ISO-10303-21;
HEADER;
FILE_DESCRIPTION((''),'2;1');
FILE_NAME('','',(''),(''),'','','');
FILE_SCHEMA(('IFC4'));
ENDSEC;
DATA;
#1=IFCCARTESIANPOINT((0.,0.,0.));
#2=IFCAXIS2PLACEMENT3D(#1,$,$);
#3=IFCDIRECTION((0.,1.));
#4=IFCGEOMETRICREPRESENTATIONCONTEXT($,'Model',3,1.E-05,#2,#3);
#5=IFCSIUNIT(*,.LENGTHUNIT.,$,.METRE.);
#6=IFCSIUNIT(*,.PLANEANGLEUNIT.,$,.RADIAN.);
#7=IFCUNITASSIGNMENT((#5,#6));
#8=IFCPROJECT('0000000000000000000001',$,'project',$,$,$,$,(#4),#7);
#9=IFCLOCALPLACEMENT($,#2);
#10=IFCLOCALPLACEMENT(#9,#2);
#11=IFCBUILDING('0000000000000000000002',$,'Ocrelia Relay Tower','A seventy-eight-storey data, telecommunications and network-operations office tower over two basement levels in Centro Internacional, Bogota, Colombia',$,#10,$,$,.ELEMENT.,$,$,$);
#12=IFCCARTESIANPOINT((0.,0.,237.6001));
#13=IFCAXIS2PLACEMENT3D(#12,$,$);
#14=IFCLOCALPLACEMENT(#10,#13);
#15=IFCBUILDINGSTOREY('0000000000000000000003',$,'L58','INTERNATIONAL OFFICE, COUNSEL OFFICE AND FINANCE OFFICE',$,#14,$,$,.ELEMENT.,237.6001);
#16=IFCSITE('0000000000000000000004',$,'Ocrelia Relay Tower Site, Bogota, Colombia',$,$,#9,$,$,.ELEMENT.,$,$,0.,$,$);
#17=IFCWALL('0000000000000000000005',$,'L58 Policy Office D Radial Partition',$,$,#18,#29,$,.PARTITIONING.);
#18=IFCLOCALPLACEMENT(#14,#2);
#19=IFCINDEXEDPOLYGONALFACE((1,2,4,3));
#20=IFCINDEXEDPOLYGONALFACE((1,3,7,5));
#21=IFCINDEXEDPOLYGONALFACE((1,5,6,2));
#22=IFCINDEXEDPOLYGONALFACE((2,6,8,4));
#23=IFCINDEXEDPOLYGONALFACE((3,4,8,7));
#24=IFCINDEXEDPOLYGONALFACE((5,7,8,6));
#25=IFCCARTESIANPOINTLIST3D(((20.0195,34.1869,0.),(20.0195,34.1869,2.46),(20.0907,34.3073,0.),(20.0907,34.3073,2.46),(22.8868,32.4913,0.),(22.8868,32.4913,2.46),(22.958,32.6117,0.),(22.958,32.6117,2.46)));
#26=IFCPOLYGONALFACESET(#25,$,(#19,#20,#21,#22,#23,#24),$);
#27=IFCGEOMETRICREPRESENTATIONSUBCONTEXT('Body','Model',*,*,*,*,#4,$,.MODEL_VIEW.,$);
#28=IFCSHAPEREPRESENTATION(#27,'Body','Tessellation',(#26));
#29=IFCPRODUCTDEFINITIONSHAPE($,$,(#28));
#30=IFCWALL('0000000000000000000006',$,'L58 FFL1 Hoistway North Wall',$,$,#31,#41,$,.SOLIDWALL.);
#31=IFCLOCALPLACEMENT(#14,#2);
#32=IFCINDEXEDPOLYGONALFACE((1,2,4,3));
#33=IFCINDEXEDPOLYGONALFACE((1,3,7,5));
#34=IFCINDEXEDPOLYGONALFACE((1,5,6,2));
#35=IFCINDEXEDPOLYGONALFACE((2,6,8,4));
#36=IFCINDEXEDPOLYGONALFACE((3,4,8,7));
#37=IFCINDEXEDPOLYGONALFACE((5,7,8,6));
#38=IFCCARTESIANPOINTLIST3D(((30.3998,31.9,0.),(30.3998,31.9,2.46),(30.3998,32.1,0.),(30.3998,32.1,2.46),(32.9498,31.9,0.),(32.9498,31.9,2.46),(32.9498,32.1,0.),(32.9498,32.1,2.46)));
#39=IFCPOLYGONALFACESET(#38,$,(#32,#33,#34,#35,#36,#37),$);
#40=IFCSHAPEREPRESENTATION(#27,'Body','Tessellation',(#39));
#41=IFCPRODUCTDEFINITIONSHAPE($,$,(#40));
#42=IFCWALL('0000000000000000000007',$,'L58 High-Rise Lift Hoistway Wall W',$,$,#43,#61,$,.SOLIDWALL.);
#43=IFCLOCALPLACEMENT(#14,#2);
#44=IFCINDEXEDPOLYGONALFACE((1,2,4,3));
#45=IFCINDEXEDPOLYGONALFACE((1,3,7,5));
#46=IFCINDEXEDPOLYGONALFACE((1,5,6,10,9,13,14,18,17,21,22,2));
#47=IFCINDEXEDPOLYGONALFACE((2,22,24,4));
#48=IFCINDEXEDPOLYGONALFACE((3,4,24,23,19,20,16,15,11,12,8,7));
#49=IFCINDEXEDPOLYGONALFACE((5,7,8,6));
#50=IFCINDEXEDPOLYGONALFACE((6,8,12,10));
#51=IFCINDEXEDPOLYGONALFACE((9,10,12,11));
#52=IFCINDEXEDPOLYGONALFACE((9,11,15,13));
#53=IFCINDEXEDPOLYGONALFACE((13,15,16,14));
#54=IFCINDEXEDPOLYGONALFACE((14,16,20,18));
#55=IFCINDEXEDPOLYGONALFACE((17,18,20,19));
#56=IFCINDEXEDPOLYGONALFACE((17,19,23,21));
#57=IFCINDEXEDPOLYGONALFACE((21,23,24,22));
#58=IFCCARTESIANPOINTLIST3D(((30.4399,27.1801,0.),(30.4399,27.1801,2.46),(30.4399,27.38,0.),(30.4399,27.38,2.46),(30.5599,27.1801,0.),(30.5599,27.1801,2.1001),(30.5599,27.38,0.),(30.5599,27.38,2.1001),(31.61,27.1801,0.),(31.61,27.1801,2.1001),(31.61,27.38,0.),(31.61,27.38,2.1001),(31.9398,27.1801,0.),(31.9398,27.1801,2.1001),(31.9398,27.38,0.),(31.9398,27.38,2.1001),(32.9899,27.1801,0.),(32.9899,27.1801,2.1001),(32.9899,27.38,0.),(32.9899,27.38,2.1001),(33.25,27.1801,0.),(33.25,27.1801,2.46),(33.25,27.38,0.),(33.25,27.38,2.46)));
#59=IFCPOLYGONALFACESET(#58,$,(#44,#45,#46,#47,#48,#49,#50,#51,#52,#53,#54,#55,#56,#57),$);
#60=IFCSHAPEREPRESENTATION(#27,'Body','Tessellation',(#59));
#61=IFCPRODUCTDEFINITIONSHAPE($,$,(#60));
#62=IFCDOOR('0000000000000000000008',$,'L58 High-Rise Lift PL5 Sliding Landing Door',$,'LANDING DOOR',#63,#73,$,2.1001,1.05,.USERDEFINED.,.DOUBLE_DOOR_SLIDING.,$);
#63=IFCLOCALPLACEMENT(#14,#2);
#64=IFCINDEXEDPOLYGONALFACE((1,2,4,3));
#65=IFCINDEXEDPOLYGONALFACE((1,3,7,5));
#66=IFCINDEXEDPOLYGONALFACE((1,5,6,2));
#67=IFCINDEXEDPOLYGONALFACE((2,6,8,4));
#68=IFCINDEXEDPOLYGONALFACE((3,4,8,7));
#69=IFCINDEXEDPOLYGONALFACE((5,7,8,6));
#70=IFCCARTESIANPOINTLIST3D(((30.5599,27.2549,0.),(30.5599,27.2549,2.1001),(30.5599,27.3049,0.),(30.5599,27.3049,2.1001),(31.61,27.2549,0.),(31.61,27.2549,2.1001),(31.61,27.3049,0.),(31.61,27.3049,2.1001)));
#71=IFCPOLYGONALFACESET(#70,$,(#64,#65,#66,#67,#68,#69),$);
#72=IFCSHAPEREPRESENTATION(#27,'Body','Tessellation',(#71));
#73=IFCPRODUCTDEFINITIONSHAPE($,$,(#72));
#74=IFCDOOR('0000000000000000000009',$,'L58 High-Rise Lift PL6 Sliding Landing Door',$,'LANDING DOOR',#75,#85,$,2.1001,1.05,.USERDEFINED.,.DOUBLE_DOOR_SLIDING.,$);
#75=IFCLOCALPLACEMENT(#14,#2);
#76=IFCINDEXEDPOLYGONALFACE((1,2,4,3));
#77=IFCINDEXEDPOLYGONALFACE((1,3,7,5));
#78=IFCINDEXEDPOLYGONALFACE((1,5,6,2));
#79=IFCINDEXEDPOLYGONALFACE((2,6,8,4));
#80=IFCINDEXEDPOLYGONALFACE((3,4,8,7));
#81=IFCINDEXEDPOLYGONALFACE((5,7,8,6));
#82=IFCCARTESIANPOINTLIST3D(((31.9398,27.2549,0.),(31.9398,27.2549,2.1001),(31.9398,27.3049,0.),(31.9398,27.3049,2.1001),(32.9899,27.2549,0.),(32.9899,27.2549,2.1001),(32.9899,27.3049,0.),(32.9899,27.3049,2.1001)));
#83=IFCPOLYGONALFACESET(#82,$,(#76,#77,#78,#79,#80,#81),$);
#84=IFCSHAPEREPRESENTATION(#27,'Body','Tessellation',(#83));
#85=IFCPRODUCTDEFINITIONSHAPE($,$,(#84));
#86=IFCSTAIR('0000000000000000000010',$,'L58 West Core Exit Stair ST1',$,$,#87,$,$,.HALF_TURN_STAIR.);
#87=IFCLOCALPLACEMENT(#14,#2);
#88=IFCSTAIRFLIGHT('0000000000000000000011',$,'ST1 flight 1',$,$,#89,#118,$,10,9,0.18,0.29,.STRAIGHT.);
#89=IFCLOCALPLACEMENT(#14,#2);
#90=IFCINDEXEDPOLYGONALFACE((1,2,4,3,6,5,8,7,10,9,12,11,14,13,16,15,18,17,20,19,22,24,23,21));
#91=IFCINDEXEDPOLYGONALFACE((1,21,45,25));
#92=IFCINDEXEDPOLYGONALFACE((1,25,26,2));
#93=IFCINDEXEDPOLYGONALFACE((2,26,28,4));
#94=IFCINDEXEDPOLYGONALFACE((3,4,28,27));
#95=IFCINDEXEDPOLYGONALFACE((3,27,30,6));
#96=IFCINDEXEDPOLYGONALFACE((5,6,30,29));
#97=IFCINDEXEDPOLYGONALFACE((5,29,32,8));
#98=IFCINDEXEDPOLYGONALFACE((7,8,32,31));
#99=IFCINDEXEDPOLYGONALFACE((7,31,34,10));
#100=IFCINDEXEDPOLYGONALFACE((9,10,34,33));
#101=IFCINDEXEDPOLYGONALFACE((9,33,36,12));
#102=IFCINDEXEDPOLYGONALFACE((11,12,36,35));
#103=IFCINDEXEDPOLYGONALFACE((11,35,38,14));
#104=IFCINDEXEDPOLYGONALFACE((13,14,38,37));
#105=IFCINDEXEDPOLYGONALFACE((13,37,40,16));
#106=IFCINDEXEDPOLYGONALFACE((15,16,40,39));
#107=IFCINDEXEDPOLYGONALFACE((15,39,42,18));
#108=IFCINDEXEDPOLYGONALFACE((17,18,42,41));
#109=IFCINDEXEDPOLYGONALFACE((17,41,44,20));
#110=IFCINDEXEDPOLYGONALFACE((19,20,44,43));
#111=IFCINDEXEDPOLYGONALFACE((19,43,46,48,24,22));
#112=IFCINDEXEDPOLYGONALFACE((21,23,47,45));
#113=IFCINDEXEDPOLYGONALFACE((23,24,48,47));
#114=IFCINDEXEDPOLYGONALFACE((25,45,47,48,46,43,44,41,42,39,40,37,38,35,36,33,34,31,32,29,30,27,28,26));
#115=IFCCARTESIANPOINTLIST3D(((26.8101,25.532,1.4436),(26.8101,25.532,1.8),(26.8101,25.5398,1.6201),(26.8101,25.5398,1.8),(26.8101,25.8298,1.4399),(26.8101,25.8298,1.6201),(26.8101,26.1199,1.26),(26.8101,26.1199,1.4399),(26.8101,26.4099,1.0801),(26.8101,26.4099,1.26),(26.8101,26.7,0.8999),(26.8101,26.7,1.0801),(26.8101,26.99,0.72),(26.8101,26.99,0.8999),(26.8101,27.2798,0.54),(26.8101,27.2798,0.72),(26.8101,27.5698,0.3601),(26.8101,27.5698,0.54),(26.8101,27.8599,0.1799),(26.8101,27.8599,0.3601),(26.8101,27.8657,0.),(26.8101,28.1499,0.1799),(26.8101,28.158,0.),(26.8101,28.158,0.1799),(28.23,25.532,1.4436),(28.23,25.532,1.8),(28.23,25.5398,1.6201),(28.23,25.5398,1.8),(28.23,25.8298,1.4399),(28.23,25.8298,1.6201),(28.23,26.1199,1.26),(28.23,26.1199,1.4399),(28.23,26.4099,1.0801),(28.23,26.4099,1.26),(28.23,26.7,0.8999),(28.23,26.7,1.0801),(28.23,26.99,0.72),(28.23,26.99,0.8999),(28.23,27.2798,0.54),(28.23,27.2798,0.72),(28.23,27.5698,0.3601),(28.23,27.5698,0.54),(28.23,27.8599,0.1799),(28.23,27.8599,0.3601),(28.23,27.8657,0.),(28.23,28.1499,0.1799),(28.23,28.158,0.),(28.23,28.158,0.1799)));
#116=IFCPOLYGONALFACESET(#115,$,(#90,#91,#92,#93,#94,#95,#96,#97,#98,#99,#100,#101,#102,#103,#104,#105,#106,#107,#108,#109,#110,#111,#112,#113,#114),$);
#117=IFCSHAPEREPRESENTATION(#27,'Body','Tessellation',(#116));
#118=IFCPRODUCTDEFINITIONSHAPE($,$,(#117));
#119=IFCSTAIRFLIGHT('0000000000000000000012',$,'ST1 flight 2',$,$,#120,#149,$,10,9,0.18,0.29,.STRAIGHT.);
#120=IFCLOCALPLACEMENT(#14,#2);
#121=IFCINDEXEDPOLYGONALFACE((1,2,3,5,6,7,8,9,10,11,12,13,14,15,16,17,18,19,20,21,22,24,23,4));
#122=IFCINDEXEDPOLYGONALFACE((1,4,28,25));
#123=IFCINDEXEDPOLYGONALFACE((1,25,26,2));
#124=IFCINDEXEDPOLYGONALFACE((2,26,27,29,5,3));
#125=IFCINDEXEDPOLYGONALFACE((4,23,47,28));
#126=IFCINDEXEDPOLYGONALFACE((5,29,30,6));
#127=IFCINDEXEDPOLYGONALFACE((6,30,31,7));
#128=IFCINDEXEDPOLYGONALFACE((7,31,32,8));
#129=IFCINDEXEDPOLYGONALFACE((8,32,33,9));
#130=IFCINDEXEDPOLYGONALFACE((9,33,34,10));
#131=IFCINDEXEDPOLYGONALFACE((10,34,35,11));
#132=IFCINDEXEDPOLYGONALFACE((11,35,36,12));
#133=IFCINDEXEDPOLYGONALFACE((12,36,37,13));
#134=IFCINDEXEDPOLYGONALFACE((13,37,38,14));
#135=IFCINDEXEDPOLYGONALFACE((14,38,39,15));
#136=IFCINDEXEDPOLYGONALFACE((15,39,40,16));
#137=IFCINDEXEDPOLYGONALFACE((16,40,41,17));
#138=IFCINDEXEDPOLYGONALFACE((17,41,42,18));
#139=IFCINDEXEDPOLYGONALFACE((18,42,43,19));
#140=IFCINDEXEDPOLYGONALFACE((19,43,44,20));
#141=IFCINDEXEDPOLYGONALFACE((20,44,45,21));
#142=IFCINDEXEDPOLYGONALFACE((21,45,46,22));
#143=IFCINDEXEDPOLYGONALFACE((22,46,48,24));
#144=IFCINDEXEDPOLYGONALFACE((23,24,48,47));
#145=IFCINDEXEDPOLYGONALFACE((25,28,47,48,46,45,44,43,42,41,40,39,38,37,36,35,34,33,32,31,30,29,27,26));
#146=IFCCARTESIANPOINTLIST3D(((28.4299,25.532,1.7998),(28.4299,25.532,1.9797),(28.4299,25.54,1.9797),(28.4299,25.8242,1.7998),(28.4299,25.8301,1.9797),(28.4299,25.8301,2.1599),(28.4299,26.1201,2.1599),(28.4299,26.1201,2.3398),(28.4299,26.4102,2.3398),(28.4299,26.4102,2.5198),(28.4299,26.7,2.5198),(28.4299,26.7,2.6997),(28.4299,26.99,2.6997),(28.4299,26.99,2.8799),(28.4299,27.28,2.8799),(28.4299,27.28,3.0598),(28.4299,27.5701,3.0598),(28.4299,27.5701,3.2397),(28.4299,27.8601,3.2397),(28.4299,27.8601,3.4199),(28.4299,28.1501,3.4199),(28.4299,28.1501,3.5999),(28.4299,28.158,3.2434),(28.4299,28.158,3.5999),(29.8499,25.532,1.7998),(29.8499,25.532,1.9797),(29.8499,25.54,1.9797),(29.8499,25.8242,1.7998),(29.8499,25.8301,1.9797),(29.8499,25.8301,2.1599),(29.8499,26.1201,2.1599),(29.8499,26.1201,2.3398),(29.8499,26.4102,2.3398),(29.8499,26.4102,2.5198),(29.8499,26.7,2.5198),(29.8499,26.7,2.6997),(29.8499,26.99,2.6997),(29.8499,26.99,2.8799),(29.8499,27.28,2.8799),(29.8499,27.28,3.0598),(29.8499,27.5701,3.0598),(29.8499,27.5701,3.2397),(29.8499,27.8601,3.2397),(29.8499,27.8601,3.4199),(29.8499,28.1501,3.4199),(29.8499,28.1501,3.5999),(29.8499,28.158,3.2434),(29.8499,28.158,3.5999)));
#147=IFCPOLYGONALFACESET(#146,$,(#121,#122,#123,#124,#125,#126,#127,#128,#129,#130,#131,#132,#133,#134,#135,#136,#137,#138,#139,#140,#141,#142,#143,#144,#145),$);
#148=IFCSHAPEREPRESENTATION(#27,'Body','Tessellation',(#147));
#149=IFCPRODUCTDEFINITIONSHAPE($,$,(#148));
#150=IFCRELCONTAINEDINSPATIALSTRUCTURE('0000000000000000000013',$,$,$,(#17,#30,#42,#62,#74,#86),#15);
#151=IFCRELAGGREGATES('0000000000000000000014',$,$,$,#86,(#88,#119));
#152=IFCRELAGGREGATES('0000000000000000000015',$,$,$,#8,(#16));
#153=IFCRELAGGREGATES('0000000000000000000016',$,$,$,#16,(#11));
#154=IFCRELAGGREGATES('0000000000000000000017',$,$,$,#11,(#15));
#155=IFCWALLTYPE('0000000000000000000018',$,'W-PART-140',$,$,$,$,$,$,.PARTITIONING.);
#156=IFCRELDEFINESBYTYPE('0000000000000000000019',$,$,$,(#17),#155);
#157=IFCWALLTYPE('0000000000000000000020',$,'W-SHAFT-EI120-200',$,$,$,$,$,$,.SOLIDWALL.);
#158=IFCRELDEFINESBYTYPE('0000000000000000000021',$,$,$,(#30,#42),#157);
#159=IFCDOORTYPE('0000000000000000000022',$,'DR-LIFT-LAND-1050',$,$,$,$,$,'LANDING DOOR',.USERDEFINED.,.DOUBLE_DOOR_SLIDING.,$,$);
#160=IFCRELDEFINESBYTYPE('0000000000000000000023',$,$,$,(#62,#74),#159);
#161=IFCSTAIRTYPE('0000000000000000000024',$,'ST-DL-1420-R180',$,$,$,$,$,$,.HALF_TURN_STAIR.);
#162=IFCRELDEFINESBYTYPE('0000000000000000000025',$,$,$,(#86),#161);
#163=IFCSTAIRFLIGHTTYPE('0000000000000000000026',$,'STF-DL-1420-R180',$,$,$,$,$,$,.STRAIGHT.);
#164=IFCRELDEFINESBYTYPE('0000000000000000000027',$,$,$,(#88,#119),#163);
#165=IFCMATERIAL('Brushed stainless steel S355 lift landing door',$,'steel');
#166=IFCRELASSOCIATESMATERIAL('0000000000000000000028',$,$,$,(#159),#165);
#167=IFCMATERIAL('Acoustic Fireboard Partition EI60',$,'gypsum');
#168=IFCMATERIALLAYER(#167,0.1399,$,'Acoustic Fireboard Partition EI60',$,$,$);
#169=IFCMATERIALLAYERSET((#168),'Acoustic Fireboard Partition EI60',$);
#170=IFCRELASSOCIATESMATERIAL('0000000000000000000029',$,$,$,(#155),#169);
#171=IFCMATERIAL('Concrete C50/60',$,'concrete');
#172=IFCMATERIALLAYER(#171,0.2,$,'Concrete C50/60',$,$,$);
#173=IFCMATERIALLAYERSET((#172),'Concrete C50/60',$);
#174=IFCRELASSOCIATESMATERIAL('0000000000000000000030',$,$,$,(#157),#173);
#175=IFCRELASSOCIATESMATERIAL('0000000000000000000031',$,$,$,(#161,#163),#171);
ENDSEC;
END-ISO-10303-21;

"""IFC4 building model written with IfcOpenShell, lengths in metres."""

from ifc_helpers import new_model, si_unit, direction, frame, frame_2d, origin, place, context, subcontext, project, spatial, polyline, rectangle, outline, extrude, material, layer, layer_set, type_object, element, fill, aggregate, save


model = new_model("IFC4")

# Units and contexts
model_context = context("Model", 3, precision=1e-05, world=origin(), true_north=direction((0.0, 1.0)))
body_context = subcontext(model_context, "Body", "Model", "MODEL_VIEW")
ifc_project = project(units=[si_unit("LENGTHUNIT", "METRE"), si_unit("PLANEANGLEUNIT", "RADIAN")], contexts=[model_context])

# Site, building, storey
site_placement = place(None, origin())
site = spatial("IfcSite", under=ifc_project, at=site_placement, Name="Ocrelia Relay Tower Site, Bogota, Colombia", CompositionType="ELEMENT", RefElevation=0.0)
building_placement = place(site_placement, origin())
building = spatial("IfcBuilding", under=site, at=building_placement, Name="Ocrelia Relay Tower", Description="A seventy-eight-storey data, telecommunications and network-operations office tower over two basement levels in Centro Internacional, Bogota, Colombia", CompositionType="ELEMENT")
storey_placement = place(building_placement, frame((0.0, 0.0, 237.6001)))
storey = spatial("IfcBuildingStorey", under=building, at=storey_placement, Name="L58", Description="INTERNATIONAL OFFICE, COUNSEL OFFICE AND FINANCE OFFICE", CompositionType="ELEMENT", Elevation=237.6001)

# Shared definitions
ifc_material_1 = material(Name="Concrete C50/60", Category="concrete")

# Shared definitions
ifc_material_2 = material(Name="Brushed stainless steel S355 lift landing door", Category="steel")
door_type_1 = type_object("IfcDoorType", Name="DR-LIFT-LAND-1050", ElementType="LANDING DOOR", OperationType="DOUBLE_DOOR_SLIDING", PredefinedType="USERDEFINED", material=ifc_material_2)

# Walls
ifc_material_3 = material(Name="Acoustic Fireboard Partition EI60", Category="gypsum")
ifc_layer_1 = layer(ifc_material_3, 0.1399, Name="Acoustic Fireboard Partition EI60")
ifc_layer_set_1 = layer_set([ifc_layer_1], Name="Acoustic Fireboard Partition EI60")
wall_type_1 = type_object("IfcWallType", Name="W-PART-140", PredefinedType="PARTITIONING", material=ifc_layer_set_1)
wall_1_placement = place(storey_placement, frame((22.9224, 32.5515, 0.0), z_axis=(0.0, 0.0, 1.0), x_axis=(-0.860754, 0.509021, 0.0)))
element("IfcWall", 1, at=wall_1_placement, inside=storey, type_object=wall_type_1, Name="L58 Policy Office D Radial Partition", PredefinedType="PARTITIONING", context=body_context, shape_type="SweptSolid", body=[
    extrude(rectangle(XDim=3.3311, YDim=0.1399, at=frame_2d((1.6655, 0.0))), origin(), (0.0, 0.0, 1.0), 2.46),
])
ifc_layer_2 = layer(ifc_material_1, 0.2, Name="Concrete C50/60")
ifc_layer_set_2 = layer_set([ifc_layer_2], Name="Concrete C50/60")
wall_type_2 = type_object("IfcWallType", Name="W-SHAFT-EI120-200", PredefinedType="SOLIDWALL", material=ifc_layer_set_2)
wall_2_placement = place(storey_placement, frame((30.3999, 32.0, 0.0), z_axis=(0.0, 0.0, 1.0), x_axis=(1.0, 0.0, 0.0)))
element("IfcWall", 2, at=wall_2_placement, inside=storey, type_object=wall_type_2, Name="L58 FFL1 Hoistway North Wall", PredefinedType="SOLIDWALL", context=body_context, shape_type="SweptSolid", body=[
    extrude(rectangle(XDim=2.55, YDim=0.2, at=frame_2d((1.2749, 0.0))), origin(), (0.0, 0.0, 1.0), 2.46),
])

# Wall, openings, doors
wall_3_placement = place(storey_placement, frame((30.4399, 27.28, 0.0), z_axis=(0.0, 0.0, 1.0), x_axis=(1.0, 0.0, 0.0)))
wall_3 = element("IfcWall", 3, at=wall_3_placement, inside=storey, type_object=wall_type_2, Name="L58 High-Rise Lift Hoistway Wall W", PredefinedType="SOLIDWALL", context=body_context, shape_type="SweptSolid", body=[
    extrude(rectangle(XDim=2.8101, YDim=0.2, at=frame_2d((1.405, 0.0))), origin(), (0.0, 0.0, 1.0), 2.46),
])
opening_1_placement = place(wall_3_placement, frame((0.1201, 0.0, 0.0)))
opening_1 = element("IfcOpeningElement", 4, at=opening_1_placement, cuts=wall_3, PredefinedType="OPENING", context=body_context, shape_type="SweptSolid", body=[
    extrude(rectangle(XDim=1.05, YDim=2.1001, at=frame_2d((0.5249, 1.05))), frame((0.0, 0.1099, 0.0), z_axis=(0.0, -1.0, 0.0), x_axis=(1.0, 0.0, 0.0)), (0.0, 0.0, 1.0), 0.22),
])
opening_2_placement = place(wall_3_placement, frame((1.5, 0.0, 0.0)))
opening_2 = element("IfcOpeningElement", 5, at=opening_2_placement, cuts=wall_3, PredefinedType="OPENING", context=body_context, shape_type="SweptSolid", body=[
    extrude(rectangle(XDim=1.05, YDim=2.1001, at=frame_2d((0.5249, 1.05))), frame((0.0, 0.1099, 0.0), z_axis=(0.0, -1.0, 0.0), x_axis=(1.0, 0.0, 0.0)), (0.0, 0.0, 1.0), 0.22),
])
door_1_placement = place(opening_1_placement, origin())
door_1 = element("IfcDoor", 6, at=door_1_placement, inside=storey, type_object=door_type_1, Name="L58 High-Rise Lift PL5 Sliding Landing Door", ObjectType="LANDING DOOR", OperationType="DOUBLE_DOOR_SLIDING", OverallHeight=2.1001, OverallWidth=1.05, PredefinedType="USERDEFINED", context=body_context, shape_type="SweptSolid", body=[
    extrude(rectangle(XDim=1.05, YDim=2.1001, at=frame_2d((0.5249, 1.05))), frame((0.0, 0.0249, 0.0), z_axis=(0.0, -1.0, 0.0), x_axis=(1.0, 0.0, 0.0)), (0.0, 0.0, 1.0), 0.05),
])
fill(opening_1, door_1)
door_2_placement = place(opening_2_placement, origin())
door_2 = element("IfcDoor", 7, at=door_2_placement, inside=storey, type_object=door_type_1, Name="L58 High-Rise Lift PL6 Sliding Landing Door", ObjectType="LANDING DOOR", OperationType="DOUBLE_DOOR_SLIDING", OverallHeight=2.1001, OverallWidth=1.05, PredefinedType="USERDEFINED", context=body_context, shape_type="SweptSolid", body=[
    extrude(rectangle(XDim=1.05, YDim=2.1001, at=frame_2d((0.5249, 1.05))), frame((0.0, 0.0249, 0.0), z_axis=(0.0, -1.0, 0.0), x_axis=(1.0, 0.0, 0.0)), (0.0, 0.0, 1.0), 0.05),
])
fill(opening_2, door_2)

# Stair, stair flights
stair_type = type_object("IfcStairType", Name="ST-DL-1420-R180", PredefinedType="HALF_TURN_STAIR", material=ifc_material_1)
stair_placement = place(storey_placement, origin())
stair = element("IfcStair", 8, at=stair_placement, inside=storey, type_object=stair_type, Name="L58 West Core Exit Stair ST1", PredefinedType="HALF_TURN_STAIR")
stair_flight_type = type_object("IfcStairFlightType", Name="STF-DL-1420-R180", PredefinedType="STRAIGHT", material=ifc_material_1)
stair_flight_1_placement = place(storey_placement, frame((27.52, 28.1499, 0.0), z_axis=(0.0, 0.0, 1.0), x_axis=(0.0, -1.0, 0.0)))
stair_flight_1 = element("IfcStairFlight", 9, at=stair_flight_1_placement, type_object=stair_flight_type, Name="ST1 flight 1", NumberOfRisers=10, NumberOfTreads=9, PredefinedType="STRAIGHT", RiserHeight=0.18, TreadLength=0.29, context=body_context, shape_type="SweptSolid", body=[
    extrude(outline(polyline([(-0.0081, 0.0), (-0.0081, 0.1799), (0.0, 0.1799), (0.29, 0.1799), (0.29, 0.3601), (0.5801, 0.3601), (0.5801, 0.54), (0.8701, 0.54), (0.8701, 0.72), (1.1599, 0.72), (1.1599, 0.8999), (1.45, 0.8999), (1.45, 1.0801), (1.74, 1.0801), (1.74, 1.26), (2.03, 1.26), (2.03, 1.4399), (2.3201, 1.4399), (2.3201, 1.6201), (2.6101, 1.6201), (2.6101, 1.8), (2.6179, 1.8), (2.6179, 1.4436), (0.2842, 0.0), (-0.0081, 0.0)])), frame((0.0, 0.71, 0.0), z_axis=(0.0, -1.0, 0.0), x_axis=(1.0, 0.0, 0.0)), (0.0, 0.0, 1.0), 1.4199),
])
stair_flight_2_placement = place(storey_placement, frame((29.1399, 25.54, 1.7998), z_axis=(0.0, 0.0, 1.0), x_axis=(0.0, 1.0, 0.0)))
stair_flight_2 = element("IfcStairFlight", 10, at=stair_flight_2_placement, type_object=stair_flight_type, Name="ST1 flight 2", NumberOfRisers=10, NumberOfTreads=9, PredefinedType="STRAIGHT", RiserHeight=0.18, TreadLength=0.29, context=body_context, shape_type="SweptSolid", body=[
    extrude(outline(polyline([(-0.0081, 0.0), (-0.0081, 0.1799), (0.0, 0.1799), (0.29, 0.1799), (0.29, 0.3601), (0.5801, 0.3601), (0.5801, 0.54), (0.8701, 0.54), (0.8701, 0.72), (1.1599, 0.72), (1.1599, 0.8999), (1.45, 0.8999), (1.45, 1.0801), (1.74, 1.0801), (1.74, 1.26), (2.03, 1.26), (2.03, 1.4399), (2.3201, 1.4399), (2.3201, 1.6201), (2.6101, 1.6201), (2.6101, 1.8), (2.6179, 1.8), (2.6179, 1.4436), (0.2842, 0.0), (-0.0081, 0.0)])), frame((0.0, 0.71, 0.0), z_axis=(0.0, -1.0, 0.0), x_axis=(1.0, 0.0, 0.0)), (0.0, 0.0, 1.0), 1.4199),
])
aggregate(stair, [stair_flight_1, stair_flight_2])

save(model, "model.ifc")
